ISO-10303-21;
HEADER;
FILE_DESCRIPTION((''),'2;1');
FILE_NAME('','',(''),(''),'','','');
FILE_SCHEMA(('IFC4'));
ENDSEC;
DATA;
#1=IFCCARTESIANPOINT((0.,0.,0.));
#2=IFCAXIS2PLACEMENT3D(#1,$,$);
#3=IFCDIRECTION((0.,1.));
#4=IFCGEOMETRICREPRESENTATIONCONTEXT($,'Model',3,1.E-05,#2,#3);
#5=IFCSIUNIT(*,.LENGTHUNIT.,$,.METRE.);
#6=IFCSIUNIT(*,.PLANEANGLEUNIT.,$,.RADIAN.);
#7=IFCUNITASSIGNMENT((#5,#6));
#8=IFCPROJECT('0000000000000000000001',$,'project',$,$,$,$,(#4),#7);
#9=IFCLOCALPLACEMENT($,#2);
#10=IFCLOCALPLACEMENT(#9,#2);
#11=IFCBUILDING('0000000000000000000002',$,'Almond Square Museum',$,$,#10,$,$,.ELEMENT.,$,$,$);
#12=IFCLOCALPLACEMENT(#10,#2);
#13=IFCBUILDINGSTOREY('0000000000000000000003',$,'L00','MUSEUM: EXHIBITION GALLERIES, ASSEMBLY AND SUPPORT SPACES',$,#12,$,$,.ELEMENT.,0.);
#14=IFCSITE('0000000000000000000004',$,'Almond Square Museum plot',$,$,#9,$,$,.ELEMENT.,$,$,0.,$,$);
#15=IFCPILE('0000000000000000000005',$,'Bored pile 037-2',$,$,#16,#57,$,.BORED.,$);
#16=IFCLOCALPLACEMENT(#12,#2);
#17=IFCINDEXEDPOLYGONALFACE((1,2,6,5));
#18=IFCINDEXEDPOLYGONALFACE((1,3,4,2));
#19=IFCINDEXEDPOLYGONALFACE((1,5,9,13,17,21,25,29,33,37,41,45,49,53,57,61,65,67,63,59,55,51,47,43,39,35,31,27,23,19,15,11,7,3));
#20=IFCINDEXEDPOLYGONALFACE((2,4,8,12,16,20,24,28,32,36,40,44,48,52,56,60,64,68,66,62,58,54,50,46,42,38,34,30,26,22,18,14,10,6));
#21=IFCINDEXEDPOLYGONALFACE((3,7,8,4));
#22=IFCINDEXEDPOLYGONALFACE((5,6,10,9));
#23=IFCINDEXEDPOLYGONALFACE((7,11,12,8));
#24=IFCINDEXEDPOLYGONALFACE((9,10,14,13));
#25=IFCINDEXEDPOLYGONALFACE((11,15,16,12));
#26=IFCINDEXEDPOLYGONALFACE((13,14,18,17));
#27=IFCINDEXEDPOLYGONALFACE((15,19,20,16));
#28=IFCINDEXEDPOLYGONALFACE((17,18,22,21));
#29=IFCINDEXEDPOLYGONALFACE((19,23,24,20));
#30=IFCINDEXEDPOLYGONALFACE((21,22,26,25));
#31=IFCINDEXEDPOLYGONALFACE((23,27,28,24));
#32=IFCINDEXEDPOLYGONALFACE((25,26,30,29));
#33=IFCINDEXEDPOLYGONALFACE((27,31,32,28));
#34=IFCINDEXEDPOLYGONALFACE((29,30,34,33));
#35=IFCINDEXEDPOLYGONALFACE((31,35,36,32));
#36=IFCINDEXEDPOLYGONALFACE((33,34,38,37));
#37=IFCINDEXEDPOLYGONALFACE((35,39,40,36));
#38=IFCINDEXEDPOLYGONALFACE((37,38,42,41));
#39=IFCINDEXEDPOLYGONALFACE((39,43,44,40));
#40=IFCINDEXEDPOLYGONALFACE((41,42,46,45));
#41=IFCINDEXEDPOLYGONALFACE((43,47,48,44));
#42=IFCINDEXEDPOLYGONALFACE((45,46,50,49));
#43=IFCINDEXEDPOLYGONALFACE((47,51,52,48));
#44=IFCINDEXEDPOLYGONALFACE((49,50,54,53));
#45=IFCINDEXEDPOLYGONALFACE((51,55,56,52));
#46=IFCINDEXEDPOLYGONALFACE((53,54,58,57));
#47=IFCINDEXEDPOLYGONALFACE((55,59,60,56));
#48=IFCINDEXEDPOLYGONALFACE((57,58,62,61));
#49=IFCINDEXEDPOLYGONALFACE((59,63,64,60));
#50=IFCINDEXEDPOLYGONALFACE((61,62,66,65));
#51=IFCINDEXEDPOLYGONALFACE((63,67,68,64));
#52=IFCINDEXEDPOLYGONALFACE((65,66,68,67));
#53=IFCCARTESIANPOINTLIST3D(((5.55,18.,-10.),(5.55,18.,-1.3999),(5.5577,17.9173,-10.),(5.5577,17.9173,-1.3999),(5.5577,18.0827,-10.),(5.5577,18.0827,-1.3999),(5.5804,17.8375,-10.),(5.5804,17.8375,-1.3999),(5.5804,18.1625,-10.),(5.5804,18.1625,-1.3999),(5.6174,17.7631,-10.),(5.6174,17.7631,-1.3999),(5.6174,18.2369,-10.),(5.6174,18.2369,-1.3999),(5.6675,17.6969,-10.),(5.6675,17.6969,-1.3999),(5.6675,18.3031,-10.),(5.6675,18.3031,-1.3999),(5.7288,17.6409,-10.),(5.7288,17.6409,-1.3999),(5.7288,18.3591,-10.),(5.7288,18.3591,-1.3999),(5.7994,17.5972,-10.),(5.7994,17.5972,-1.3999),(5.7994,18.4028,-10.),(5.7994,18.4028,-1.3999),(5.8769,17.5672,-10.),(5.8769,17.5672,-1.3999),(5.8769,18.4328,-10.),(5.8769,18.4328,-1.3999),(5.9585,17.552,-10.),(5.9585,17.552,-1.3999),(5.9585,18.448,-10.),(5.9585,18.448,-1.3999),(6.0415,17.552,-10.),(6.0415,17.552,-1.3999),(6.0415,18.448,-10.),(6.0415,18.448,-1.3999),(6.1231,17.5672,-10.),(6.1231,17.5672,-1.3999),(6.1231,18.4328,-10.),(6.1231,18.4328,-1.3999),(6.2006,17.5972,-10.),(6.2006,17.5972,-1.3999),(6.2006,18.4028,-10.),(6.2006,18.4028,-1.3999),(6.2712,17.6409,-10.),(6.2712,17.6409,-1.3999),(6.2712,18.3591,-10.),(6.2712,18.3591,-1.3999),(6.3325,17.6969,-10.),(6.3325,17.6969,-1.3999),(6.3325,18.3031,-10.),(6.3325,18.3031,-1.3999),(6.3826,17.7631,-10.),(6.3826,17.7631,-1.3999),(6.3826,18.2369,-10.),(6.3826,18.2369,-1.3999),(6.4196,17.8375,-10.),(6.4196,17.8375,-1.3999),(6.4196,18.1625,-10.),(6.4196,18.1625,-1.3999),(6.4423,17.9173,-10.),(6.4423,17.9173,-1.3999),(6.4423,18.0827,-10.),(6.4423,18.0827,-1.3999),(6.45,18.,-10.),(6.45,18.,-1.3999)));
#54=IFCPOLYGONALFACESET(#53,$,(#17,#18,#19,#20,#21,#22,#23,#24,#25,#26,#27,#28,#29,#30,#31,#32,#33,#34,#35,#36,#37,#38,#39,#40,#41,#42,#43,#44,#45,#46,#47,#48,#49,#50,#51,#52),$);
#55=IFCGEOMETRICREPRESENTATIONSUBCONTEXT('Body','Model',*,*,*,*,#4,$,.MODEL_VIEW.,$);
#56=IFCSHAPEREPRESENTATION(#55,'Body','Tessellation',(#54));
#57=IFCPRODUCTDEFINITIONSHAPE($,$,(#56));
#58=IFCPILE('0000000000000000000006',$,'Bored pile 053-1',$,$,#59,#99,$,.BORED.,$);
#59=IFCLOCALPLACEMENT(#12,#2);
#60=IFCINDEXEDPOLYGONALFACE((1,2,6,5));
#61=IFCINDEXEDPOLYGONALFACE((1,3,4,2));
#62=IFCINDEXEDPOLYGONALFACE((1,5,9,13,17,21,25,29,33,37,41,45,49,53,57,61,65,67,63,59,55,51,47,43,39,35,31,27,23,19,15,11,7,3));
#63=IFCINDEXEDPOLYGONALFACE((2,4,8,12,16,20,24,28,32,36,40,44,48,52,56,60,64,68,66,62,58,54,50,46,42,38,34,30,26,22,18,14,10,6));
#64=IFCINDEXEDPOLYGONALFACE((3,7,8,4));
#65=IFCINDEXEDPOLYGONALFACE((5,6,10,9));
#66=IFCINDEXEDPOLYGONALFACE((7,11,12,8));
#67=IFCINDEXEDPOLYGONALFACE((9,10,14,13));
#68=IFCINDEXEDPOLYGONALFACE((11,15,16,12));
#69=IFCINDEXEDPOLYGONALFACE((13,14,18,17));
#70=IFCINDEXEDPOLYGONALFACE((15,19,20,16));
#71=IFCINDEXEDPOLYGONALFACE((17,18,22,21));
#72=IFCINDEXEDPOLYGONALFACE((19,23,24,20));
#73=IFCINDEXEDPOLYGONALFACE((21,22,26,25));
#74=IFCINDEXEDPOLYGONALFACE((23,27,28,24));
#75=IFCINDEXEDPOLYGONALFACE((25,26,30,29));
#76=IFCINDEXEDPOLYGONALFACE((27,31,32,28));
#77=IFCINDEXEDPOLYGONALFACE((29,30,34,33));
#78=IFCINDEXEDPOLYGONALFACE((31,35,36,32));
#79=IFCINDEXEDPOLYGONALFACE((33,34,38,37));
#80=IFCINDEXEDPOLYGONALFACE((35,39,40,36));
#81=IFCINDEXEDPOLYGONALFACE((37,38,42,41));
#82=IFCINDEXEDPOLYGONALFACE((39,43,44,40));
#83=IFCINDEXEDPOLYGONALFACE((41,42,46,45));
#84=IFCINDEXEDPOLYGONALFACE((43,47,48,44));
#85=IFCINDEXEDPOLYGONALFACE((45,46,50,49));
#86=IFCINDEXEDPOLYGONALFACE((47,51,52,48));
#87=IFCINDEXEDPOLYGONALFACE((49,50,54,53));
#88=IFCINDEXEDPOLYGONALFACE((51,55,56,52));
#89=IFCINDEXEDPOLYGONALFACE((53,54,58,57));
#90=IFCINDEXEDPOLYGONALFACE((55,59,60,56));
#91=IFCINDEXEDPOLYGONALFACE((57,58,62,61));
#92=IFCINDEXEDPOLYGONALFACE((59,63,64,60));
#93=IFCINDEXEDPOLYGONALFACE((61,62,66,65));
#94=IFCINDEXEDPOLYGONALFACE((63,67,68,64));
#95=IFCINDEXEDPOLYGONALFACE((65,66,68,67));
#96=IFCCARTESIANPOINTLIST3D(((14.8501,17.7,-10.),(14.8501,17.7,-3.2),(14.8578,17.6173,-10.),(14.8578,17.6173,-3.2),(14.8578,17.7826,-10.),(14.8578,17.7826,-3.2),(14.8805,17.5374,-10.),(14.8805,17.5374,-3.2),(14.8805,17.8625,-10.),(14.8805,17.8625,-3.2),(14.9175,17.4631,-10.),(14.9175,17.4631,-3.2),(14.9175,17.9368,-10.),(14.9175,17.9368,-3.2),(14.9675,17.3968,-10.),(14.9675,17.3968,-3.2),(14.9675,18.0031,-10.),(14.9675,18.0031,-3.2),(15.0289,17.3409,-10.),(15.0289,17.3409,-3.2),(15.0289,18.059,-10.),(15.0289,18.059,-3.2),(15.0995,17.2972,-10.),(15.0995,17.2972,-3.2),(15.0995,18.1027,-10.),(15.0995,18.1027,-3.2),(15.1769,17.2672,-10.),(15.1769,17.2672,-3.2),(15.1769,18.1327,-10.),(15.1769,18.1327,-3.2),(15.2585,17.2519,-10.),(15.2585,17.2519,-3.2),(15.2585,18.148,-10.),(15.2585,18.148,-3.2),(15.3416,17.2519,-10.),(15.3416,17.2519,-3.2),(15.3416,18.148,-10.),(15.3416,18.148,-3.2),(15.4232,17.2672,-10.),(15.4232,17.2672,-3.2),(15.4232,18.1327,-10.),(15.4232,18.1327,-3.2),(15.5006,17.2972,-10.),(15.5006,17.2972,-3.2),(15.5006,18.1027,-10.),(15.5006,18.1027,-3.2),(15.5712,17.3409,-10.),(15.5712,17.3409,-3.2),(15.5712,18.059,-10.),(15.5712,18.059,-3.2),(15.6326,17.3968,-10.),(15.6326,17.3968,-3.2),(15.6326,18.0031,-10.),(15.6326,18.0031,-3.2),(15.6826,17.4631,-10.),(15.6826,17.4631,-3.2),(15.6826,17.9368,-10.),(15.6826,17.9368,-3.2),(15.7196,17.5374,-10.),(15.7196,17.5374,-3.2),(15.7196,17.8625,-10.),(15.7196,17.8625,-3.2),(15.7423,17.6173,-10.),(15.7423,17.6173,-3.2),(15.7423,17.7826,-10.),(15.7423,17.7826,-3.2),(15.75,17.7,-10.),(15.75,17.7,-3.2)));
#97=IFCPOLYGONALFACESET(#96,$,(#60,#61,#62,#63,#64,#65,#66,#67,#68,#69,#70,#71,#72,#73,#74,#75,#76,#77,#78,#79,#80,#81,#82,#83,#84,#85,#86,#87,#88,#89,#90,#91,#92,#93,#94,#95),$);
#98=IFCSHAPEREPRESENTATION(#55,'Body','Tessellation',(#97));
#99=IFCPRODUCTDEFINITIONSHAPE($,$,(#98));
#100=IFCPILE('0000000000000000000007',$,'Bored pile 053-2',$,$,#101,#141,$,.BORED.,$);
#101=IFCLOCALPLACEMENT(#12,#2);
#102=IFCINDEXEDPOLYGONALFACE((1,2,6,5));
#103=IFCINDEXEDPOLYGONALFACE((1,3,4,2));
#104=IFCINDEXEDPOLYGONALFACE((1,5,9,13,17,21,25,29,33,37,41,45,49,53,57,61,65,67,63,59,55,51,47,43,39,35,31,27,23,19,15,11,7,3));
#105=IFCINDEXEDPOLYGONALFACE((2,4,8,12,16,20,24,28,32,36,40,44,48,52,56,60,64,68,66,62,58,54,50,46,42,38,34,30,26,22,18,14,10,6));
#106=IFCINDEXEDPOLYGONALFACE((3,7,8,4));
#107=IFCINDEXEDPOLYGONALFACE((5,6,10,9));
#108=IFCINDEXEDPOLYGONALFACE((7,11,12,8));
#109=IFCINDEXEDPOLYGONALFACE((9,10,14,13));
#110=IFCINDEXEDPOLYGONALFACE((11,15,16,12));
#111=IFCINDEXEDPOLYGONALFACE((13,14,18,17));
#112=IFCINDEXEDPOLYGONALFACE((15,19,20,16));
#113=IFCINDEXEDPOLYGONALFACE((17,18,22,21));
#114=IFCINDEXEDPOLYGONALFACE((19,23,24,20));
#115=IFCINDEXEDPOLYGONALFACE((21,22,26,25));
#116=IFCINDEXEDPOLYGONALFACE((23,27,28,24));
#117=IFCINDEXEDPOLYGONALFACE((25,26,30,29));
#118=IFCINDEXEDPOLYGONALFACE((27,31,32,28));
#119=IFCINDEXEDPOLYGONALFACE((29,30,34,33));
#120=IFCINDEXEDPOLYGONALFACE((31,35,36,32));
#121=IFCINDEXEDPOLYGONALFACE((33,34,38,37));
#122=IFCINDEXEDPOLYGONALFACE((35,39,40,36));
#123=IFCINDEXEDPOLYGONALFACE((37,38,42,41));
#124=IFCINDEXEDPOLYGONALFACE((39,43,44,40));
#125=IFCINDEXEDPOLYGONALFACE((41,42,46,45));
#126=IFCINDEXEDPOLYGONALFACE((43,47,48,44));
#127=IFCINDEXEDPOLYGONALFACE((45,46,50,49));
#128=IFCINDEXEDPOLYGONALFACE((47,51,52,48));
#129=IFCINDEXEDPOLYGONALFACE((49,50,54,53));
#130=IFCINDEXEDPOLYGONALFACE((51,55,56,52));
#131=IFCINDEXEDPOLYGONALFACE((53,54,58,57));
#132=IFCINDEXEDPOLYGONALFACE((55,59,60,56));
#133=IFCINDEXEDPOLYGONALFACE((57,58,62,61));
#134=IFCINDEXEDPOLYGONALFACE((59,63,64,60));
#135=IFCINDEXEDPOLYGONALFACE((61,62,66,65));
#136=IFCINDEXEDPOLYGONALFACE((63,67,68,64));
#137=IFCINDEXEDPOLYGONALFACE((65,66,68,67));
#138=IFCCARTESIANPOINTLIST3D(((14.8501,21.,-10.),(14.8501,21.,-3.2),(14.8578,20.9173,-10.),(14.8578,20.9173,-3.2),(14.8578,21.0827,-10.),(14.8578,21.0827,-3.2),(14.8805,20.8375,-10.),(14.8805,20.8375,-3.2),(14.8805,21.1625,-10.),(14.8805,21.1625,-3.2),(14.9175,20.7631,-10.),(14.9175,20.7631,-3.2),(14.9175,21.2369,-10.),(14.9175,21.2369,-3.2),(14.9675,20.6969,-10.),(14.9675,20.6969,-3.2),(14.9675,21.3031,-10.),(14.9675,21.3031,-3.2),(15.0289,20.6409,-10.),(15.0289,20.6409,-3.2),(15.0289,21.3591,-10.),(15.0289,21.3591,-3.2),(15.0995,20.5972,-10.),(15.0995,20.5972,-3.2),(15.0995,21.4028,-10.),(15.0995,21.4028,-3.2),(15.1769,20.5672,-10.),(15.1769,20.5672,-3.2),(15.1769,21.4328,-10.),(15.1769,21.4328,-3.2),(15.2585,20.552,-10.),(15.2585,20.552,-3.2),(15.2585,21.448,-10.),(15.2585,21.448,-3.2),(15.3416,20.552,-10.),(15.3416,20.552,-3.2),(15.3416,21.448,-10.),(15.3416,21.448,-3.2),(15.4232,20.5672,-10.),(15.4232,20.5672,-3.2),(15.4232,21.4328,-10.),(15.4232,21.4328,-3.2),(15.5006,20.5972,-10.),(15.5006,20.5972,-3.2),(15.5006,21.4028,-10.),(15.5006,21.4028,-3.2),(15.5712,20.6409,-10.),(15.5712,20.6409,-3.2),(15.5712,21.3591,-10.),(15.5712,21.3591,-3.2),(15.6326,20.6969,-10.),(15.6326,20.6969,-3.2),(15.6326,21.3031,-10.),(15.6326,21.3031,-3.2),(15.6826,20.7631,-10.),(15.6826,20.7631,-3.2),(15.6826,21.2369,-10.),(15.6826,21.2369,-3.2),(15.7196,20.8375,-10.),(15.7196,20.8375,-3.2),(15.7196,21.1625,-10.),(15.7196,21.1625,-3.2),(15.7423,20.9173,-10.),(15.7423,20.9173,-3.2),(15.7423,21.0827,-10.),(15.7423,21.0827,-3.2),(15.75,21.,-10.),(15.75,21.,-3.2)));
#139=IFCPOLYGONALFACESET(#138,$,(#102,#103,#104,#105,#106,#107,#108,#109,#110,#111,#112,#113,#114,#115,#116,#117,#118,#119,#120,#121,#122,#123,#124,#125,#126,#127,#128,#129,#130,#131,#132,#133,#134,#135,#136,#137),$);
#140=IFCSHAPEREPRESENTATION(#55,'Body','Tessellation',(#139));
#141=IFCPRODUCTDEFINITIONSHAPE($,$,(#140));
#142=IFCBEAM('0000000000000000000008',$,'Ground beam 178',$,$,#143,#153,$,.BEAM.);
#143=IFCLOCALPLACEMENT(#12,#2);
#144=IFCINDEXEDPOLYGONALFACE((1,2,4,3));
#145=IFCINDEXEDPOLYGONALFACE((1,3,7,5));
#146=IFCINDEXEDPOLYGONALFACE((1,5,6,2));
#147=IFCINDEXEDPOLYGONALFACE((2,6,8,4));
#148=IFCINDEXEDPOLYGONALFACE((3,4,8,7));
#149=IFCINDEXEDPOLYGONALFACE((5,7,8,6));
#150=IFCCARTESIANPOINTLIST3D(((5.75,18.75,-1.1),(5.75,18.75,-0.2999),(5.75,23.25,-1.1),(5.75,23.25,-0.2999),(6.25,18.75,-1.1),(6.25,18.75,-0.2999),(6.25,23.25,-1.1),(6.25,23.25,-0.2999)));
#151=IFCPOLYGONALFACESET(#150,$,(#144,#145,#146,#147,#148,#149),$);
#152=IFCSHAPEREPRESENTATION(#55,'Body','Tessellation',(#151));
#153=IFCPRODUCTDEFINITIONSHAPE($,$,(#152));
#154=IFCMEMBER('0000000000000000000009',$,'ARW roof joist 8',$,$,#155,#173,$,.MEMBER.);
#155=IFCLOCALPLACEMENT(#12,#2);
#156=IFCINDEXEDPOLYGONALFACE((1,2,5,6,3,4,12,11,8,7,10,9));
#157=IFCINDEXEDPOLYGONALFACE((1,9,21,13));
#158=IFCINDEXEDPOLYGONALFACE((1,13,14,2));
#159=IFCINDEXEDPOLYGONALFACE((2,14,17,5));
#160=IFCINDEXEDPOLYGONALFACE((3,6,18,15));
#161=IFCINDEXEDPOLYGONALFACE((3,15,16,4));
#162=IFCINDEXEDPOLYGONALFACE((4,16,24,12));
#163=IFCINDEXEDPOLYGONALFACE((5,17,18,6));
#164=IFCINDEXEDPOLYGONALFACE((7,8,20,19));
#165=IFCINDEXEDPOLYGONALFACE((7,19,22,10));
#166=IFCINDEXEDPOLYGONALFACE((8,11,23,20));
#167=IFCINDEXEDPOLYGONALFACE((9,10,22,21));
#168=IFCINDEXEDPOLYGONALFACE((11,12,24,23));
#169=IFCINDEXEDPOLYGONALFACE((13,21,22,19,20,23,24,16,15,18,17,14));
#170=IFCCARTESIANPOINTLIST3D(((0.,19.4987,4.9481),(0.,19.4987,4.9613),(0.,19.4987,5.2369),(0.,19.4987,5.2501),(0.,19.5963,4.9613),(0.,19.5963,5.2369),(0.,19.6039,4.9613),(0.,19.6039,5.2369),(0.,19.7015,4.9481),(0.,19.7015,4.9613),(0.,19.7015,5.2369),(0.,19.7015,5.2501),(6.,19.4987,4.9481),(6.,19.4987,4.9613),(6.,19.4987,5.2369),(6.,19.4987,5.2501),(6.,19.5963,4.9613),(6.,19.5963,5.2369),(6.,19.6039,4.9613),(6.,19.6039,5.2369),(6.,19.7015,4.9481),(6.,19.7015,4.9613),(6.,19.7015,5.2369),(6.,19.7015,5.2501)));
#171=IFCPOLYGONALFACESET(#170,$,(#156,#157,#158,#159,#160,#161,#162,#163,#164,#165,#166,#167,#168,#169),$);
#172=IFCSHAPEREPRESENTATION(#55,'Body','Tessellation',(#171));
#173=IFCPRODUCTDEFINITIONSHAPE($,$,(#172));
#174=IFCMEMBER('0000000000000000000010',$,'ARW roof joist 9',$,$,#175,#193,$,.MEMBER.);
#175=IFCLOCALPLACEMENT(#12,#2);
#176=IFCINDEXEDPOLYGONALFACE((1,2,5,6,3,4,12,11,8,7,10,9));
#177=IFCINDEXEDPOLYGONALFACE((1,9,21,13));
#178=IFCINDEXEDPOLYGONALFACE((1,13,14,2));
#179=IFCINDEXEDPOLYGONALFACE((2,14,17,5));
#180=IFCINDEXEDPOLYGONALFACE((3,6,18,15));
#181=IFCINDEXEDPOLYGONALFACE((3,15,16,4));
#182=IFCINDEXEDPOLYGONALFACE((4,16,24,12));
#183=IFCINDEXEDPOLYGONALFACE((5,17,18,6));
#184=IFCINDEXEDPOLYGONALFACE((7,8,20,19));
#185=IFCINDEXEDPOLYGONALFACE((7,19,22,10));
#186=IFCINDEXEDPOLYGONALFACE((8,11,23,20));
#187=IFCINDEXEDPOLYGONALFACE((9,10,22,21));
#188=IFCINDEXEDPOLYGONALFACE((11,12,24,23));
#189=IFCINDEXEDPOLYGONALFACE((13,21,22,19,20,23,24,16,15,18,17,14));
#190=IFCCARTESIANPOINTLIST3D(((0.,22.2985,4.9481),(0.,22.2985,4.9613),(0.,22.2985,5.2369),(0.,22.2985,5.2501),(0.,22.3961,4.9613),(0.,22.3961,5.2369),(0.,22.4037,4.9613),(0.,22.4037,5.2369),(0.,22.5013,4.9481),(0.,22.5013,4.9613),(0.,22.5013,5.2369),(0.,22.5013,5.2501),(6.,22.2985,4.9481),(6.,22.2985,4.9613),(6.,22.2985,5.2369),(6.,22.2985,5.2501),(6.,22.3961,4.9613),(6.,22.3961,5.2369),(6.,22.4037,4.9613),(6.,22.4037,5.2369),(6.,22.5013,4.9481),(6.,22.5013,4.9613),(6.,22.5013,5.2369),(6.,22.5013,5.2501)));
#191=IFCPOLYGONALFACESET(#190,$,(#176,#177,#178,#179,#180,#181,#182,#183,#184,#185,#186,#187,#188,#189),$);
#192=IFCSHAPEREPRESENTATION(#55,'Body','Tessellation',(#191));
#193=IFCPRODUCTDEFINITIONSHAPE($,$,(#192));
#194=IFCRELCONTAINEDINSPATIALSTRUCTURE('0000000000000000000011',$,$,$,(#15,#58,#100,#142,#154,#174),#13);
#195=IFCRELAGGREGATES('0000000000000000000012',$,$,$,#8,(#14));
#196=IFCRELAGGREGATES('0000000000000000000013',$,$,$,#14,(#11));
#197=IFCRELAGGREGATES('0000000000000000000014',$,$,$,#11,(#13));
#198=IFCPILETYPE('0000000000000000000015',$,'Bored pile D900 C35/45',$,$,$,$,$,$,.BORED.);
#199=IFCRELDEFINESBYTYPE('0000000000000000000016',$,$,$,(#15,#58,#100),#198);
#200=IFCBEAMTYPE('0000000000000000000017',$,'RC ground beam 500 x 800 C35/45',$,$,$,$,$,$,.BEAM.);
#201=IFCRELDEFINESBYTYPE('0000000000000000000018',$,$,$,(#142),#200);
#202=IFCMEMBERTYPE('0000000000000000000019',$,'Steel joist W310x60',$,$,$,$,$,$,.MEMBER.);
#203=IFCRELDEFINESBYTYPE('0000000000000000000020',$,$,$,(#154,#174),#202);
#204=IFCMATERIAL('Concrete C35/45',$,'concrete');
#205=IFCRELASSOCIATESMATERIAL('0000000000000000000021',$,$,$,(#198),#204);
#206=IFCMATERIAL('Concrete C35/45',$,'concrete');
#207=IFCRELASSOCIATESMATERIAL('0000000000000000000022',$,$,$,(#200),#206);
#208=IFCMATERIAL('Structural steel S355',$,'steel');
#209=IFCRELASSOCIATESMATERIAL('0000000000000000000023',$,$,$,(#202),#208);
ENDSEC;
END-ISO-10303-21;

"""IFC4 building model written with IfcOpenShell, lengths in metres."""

from ifc_helpers import new_model, si_unit, direction, frame, origin, origin_2d, place, context, subcontext, project, spatial, rectangle, circle, i_section, extrude, material, material_profile, profile_set, type_object, element, save


model = new_model("IFC4")

# Units and contexts
model_context = context("Model", 3, precision=1e-05, world=origin(), true_north=direction((0.0, 1.0)))
body_context = subcontext(model_context, "Body", "Model", "MODEL_VIEW")
ifc_project = project(units=[si_unit("LENGTHUNIT", "METRE"), si_unit("PLANEANGLEUNIT", "RADIAN")], contexts=[model_context])

# Site, building, storey
site_placement = place(None, origin())
site = spatial("IfcSite", under=ifc_project, at=site_placement, Name="Almond Square Museum plot", CompositionType="ELEMENT", RefElevation=0.0)
building_placement = place(site_placement, origin())
building = spatial("IfcBuilding", under=site, at=building_placement, Name="Almond Square Museum", CompositionType="ELEMENT")
storey_placement = place(building_placement, origin())
storey = spatial("IfcBuildingStorey", under=building, at=storey_placement, Name="L00", Description="MUSEUM: EXHIBITION GALLERIES, ASSEMBLY AND SUPPORT SPACES", CompositionType="ELEMENT", Elevation=0.0)

# Piles
ifc_material_1 = material(Name="Concrete C35/45", Category="concrete")
ifc_material_profile_1 = material_profile(ifc_material_1, circle(Radius=0.45, at=origin_2d()))
ifc_profile_set_1 = profile_set([ifc_material_profile_1], Name="Concrete C35/45")
pile_type = type_object("IfcPileType", Name="Bored pile D900 C35/45", PredefinedType="BORED", material=ifc_profile_set_1)
pile_placement = place(storey_placement, frame((6.0, 18.0, -1.3999), z_axis=(0.0, 0.0, -1.0), x_axis=(1.0, 0.0, 0.0)))
element("IfcPile", 1, at=pile_placement, inside=storey, type_object=pile_type, Name="Bored pile 037-2", PredefinedType="BORED", context=body_context, shape_type="SweptSolid", body=[
    extrude(circle(Radius=0.45, at=origin_2d()), origin(), (0.0, 0.0, 1.0), 8.6001),
])
for number, where, z_axis, x_axis, name in (
    (2, (15.3, 17.7, -3.2), (0.0, 0.0, -1.0), (1.0, 0.0, 0.0), "Bored pile 053-1"),
    (3, (15.3, 21.0, -3.2), (0.0, 0.0, -1.0), (1.0, 0.0, 0.0), "Bored pile 053-2"),
):
    element("IfcPile", number, at=place(storey_placement, frame(where, z_axis=z_axis, x_axis=x_axis)), inside=storey, type_object=pile_type, Name=name, PredefinedType="BORED", context=body_context, shape_type="SweptSolid", body=[
        extrude(circle(Radius=0.45, at=origin_2d()), origin(), (0.0, 0.0, 1.0), 6.8),
    ])

# Beam
ifc_material_2 = material(Name="Concrete C35/45", Category="concrete")
ifc_material_profile_2 = material_profile(ifc_material_2, rectangle(XDim=0.5, YDim=0.8, at=origin_2d()))
ifc_profile_set_2 = profile_set([ifc_material_profile_2], Name="Concrete C35/45")
beam_type = type_object("IfcBeamType", Name="RC ground beam 500 x 800 C35/45", PredefinedType="BEAM", material=ifc_profile_set_2)
beam_placement = place(storey_placement, frame((6.0, 18.75, -0.7), z_axis=(0.0, 1.0, 0.0), x_axis=(-1.0, 0.0, 0.0)))
element("IfcBeam", 4, at=beam_placement, inside=storey, type_object=beam_type, Name="Ground beam 178", PredefinedType="BEAM", context=body_context, shape_type="SweptSolid", body=[
    extrude(rectangle(XDim=0.5, YDim=0.8, at=origin_2d()), origin(), (0.0, 0.0, 1.0), 4.5),
])

# Members
ifc_material_3 = material(Name="Structural steel S355", Category="steel")
ifc_material_profile_3 = material_profile(ifc_material_3, i_section(OverallWidth=0.2029, OverallDepth=0.302, WebThickness=0.0076, FlangeThickness=0.0132, at=origin_2d()))
ifc_profile_set_3 = profile_set([ifc_material_profile_3], Name="Structural steel S355")
member_type = type_object("IfcMemberType", Name="Steel joist W310x60", PredefinedType="MEMBER", material=ifc_profile_set_3)
for number, where, z_axis, x_axis, name in (
    (5, (6.0, 19.6001, 5.0991), (-1.0, 0.0, 0.0), (0.0, -1.0, 0.0), "ARW roof joist 8"),
    (6, (6.0, 22.3999, 5.0991), (-1.0, 0.0, 0.0), (0.0, -1.0, 0.0), "ARW roof joist 9"),
):
    element("IfcMember", number, at=place(storey_placement, frame(where, z_axis=z_axis, x_axis=x_axis)), inside=storey, type_object=member_type, Name=name, PredefinedType="MEMBER", context=body_context, shape_type="SweptSolid", body=[
        extrude(i_section(OverallWidth=0.2029, OverallDepth=0.302, WebThickness=0.0076, FlangeThickness=0.0132, at=origin_2d()), origin(), (0.0, 0.0, 1.0), 6.0),
    ])

save(model, "model.ifc")
